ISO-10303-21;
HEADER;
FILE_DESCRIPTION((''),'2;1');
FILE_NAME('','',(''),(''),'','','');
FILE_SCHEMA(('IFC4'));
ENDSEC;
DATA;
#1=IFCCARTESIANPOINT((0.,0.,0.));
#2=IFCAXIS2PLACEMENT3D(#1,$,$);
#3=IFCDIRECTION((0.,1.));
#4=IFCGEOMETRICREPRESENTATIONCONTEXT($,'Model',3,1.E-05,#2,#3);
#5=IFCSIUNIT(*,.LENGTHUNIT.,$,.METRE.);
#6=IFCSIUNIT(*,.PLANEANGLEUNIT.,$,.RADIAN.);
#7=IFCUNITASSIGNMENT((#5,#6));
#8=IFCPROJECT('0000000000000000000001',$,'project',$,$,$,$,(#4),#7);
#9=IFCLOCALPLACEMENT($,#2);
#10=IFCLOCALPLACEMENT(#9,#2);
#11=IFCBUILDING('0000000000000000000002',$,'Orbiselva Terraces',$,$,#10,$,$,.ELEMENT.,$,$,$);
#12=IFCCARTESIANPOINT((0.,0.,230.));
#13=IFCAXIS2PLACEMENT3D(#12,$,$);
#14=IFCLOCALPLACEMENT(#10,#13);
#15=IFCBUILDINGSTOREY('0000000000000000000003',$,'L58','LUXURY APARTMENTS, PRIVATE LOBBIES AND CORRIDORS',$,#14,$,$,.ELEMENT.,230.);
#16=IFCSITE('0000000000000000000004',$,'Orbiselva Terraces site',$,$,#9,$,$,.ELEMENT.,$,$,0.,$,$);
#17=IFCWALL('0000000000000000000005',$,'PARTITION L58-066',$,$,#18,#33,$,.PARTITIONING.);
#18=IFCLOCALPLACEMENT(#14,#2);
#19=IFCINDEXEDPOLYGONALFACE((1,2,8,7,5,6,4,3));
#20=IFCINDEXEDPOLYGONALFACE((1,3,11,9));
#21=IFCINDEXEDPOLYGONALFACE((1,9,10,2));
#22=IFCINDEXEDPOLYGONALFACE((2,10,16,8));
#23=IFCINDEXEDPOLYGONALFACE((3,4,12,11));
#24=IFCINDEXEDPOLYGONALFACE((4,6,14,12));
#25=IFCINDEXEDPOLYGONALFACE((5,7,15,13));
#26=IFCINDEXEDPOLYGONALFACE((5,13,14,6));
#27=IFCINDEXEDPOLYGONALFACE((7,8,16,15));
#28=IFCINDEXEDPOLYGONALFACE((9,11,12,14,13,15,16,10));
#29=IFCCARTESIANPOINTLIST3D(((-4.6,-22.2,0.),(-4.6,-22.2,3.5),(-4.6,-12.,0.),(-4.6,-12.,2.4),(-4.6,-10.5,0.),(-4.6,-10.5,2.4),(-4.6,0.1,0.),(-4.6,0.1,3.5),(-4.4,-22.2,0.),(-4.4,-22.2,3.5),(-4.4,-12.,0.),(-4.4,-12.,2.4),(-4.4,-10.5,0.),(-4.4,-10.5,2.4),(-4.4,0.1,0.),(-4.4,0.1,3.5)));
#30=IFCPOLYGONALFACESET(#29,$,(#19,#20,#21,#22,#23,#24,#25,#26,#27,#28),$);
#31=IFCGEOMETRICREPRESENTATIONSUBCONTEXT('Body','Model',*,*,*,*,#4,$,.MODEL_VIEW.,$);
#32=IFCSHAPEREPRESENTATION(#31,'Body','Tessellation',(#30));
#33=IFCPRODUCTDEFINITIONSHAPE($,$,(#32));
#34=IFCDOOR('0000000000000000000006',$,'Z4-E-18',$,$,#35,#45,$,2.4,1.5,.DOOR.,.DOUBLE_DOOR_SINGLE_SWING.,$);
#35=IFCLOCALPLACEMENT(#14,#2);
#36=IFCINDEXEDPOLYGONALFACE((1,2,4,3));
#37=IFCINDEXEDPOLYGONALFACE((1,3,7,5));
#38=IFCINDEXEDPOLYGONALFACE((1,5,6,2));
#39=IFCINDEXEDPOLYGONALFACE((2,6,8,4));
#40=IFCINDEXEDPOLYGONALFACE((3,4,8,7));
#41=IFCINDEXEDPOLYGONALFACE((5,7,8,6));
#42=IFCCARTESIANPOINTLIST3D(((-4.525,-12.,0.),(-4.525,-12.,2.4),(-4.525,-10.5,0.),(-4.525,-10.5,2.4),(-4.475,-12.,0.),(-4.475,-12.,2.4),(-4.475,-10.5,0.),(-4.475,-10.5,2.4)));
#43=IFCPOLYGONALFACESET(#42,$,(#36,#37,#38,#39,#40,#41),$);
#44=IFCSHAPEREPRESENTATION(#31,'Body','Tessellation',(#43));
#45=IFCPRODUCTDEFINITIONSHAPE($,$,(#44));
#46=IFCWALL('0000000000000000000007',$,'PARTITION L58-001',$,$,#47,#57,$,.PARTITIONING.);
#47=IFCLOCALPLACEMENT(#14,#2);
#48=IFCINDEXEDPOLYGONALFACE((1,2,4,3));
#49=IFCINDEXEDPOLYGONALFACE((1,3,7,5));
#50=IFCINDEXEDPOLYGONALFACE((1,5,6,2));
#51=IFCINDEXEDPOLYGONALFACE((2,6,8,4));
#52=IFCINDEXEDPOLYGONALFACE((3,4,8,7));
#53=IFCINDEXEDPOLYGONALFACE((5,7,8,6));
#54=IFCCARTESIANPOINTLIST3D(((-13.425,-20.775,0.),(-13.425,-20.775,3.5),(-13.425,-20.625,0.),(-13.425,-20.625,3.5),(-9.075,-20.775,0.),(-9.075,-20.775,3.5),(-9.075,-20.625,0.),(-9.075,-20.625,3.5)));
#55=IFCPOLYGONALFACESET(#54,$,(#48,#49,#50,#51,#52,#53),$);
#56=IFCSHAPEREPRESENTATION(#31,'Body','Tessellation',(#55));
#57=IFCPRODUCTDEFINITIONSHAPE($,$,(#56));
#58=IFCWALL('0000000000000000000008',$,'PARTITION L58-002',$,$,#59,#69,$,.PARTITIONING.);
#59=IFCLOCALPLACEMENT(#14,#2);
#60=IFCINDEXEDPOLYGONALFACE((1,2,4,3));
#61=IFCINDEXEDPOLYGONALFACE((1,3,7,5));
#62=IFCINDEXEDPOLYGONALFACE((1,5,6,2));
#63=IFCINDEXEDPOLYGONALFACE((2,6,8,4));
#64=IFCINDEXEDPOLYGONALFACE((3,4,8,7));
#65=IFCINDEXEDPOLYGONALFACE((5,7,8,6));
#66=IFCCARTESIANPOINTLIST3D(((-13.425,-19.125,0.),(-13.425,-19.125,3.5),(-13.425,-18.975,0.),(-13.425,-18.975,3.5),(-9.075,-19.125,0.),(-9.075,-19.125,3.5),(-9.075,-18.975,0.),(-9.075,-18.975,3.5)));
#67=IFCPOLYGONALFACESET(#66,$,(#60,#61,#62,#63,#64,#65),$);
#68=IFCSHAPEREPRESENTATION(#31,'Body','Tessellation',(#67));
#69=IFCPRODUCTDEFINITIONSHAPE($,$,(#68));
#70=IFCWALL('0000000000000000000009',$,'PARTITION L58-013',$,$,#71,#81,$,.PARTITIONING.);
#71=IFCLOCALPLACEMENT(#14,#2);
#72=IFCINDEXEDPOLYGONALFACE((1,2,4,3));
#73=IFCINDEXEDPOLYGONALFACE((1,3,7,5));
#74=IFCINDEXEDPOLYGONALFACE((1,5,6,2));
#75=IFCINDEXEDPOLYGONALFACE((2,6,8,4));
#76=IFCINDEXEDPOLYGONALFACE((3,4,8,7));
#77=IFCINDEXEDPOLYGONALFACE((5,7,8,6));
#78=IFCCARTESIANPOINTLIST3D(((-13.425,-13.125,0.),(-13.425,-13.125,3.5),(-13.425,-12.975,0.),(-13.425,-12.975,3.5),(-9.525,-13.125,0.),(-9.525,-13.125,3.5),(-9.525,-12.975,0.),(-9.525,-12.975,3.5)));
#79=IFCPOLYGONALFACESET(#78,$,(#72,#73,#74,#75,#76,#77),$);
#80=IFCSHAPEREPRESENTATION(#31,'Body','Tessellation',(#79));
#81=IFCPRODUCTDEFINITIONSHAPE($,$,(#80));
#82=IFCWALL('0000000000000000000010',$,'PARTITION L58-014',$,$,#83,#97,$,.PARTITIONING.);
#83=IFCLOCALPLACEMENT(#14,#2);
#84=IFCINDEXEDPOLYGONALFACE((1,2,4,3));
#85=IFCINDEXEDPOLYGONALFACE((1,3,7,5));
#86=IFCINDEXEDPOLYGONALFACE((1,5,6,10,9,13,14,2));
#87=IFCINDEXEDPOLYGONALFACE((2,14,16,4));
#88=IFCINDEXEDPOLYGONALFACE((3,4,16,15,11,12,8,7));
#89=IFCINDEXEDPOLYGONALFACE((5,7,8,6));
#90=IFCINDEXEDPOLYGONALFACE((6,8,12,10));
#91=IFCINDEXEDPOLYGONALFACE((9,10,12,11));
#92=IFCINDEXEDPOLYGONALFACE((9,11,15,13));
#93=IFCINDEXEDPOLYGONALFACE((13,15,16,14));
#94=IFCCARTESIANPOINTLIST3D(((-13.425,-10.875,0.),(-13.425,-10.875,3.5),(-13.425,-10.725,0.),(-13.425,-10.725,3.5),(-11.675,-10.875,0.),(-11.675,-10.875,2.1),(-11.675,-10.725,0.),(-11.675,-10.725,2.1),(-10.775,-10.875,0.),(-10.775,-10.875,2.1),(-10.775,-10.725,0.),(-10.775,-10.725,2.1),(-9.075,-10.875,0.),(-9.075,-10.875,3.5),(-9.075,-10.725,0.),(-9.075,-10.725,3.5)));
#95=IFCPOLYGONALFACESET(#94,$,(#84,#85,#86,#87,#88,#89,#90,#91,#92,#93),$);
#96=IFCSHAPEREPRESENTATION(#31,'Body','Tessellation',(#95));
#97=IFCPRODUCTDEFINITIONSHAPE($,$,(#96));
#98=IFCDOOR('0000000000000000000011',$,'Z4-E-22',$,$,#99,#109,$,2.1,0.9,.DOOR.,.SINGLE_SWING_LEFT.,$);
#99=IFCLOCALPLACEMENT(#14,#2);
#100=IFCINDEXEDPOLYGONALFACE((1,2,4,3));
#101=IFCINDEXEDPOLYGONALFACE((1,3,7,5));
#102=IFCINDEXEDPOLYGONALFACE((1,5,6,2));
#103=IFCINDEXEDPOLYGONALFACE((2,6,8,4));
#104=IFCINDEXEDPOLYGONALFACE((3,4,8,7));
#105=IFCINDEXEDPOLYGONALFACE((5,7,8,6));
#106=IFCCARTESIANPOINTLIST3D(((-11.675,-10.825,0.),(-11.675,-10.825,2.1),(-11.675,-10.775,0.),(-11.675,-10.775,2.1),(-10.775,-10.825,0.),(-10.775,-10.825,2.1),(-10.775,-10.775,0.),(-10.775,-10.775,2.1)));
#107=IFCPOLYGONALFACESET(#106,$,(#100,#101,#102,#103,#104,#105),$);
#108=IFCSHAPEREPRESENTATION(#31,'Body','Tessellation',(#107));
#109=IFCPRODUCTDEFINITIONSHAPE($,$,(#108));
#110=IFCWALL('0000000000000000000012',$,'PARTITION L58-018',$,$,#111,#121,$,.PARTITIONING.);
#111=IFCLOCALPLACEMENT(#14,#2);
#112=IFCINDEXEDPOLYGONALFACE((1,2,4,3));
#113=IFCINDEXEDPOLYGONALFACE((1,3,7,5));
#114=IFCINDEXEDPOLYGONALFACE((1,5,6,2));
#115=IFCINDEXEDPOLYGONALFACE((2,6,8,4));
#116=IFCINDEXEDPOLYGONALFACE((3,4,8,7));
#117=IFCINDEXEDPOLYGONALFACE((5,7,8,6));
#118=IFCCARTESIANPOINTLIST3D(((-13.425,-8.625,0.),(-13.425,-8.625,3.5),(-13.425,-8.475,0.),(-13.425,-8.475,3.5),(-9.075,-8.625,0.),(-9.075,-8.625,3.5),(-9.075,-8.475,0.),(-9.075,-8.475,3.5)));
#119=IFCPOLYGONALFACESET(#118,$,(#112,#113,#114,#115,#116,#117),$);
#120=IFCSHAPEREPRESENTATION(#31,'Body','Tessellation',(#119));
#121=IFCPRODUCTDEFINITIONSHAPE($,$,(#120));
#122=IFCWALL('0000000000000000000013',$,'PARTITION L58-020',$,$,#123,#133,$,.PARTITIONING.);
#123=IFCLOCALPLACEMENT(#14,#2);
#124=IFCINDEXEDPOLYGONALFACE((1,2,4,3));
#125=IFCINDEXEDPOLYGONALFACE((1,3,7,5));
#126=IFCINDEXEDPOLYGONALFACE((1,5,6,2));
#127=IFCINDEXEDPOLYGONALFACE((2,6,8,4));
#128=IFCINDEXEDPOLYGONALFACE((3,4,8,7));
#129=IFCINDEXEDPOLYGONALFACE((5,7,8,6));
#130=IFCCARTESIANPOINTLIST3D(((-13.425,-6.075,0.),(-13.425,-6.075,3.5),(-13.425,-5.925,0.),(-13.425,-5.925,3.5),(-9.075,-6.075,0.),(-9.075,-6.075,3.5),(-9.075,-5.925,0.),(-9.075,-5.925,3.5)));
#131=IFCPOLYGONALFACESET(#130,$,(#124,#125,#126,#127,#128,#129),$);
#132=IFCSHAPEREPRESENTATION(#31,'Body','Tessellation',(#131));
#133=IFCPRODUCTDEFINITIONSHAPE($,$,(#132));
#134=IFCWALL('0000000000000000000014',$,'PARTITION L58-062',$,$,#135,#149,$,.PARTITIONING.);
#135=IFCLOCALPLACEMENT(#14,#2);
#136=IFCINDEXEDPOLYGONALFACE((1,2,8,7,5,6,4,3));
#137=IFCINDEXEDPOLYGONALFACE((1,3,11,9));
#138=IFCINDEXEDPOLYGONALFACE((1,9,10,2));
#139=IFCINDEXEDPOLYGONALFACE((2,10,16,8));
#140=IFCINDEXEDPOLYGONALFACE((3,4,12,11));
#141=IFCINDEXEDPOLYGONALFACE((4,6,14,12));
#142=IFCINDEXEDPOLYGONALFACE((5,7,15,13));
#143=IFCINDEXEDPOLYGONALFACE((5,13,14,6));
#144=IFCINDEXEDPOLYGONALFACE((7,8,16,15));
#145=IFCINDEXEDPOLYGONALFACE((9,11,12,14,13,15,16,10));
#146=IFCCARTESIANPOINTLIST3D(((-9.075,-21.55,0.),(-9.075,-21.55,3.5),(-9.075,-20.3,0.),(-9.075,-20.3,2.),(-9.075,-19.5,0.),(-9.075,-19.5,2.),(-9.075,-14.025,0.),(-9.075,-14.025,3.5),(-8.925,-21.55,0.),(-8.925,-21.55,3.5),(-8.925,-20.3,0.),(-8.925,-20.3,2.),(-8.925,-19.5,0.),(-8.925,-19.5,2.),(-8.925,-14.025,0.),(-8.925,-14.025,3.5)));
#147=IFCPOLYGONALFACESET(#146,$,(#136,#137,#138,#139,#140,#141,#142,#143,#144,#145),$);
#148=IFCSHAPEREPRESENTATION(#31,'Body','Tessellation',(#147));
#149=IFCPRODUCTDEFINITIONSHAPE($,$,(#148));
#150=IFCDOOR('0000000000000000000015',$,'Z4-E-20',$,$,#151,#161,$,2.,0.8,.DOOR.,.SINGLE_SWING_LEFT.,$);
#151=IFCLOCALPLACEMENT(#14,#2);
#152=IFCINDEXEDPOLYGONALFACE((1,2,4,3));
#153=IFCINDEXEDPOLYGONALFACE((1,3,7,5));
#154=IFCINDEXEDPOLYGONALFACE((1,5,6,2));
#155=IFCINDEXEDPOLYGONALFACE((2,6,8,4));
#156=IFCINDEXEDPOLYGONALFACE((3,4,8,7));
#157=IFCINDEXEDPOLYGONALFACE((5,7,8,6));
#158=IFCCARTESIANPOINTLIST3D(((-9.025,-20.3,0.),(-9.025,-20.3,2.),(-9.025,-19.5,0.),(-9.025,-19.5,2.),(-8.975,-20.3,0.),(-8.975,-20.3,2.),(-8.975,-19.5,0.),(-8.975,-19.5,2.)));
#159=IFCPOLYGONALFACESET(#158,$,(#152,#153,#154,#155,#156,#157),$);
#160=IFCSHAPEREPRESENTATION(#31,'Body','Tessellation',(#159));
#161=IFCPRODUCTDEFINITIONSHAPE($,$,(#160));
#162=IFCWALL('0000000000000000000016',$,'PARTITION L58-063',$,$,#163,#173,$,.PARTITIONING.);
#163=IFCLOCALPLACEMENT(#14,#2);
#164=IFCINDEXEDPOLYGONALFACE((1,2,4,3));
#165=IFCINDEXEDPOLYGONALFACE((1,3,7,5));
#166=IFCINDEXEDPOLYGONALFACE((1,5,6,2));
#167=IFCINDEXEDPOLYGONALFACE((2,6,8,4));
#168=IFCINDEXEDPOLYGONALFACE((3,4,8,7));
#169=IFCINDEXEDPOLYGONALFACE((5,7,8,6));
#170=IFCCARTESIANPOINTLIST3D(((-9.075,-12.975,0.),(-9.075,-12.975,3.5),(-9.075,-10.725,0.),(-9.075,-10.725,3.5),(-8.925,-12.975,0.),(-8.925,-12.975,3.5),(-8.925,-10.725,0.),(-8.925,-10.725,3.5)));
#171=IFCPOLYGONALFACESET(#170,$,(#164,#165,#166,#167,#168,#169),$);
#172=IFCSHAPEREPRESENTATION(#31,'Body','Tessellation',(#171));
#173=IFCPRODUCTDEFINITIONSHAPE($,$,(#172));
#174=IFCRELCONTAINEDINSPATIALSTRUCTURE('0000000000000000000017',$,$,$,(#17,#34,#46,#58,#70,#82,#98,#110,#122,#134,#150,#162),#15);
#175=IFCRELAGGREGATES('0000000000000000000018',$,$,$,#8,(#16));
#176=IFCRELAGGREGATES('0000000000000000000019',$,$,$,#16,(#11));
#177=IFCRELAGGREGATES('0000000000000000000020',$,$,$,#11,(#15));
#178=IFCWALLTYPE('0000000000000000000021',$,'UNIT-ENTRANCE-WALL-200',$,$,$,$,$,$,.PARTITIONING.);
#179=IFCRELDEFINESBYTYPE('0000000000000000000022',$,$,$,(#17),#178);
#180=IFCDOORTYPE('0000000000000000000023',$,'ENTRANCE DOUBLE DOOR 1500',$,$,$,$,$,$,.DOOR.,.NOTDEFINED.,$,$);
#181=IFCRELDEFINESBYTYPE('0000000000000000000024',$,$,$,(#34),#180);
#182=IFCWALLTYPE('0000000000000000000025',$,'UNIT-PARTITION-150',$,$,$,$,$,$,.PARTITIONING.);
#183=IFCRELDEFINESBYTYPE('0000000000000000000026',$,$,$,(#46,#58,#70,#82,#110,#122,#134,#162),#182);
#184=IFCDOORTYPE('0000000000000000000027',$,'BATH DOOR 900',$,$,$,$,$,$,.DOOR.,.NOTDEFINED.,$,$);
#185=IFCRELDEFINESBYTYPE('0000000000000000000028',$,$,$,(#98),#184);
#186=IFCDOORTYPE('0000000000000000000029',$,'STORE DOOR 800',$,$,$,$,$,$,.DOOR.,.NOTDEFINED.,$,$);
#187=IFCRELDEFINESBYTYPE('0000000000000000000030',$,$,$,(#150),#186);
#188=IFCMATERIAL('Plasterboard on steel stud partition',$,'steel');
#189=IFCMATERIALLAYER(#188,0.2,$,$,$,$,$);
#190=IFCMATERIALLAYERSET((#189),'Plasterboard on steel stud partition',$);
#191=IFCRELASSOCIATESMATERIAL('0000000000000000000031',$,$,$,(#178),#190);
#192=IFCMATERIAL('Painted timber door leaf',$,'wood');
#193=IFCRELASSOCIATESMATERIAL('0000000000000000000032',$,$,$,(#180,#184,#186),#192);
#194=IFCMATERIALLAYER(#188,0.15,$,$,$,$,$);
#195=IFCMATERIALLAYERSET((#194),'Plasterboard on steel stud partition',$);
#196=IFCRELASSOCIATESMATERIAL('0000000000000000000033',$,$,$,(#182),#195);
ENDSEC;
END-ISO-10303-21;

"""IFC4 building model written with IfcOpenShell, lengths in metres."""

from ifc_helpers import new_model, si_unit, direction, frame, frame_2d, origin, place, context, subcontext, project, spatial, rectangle, extrude, material, layer, layer_set, type_object, element, fill, save


model = new_model("IFC4")

# Units and contexts
model_context = context("Model", 3, precision=1e-05, world=origin(), true_north=direction((0.0, 1.0)))
body_context = subcontext(model_context, "Body", "Model", "MODEL_VIEW")
ifc_project = project(units=[si_unit("LENGTHUNIT", "METRE"), si_unit("PLANEANGLEUNIT", "RADIAN")], contexts=[model_context])

# Site, building, storey
site_placement = place(None, origin())
site = spatial("IfcSite", under=ifc_project, at=site_placement, Name="Orbiselva Terraces site", CompositionType="ELEMENT", RefElevation=0.0)
building_placement = place(site_placement, origin())
building = spatial("IfcBuilding", under=site, at=building_placement, Name="Orbiselva Terraces", CompositionType="ELEMENT")
storey_placement = place(building_placement, frame((0.0, 0.0, 230.0)))
storey = spatial("IfcBuildingStorey", under=building, at=storey_placement, Name="L58", Description="LUXURY APARTMENTS, PRIVATE LOBBIES AND CORRIDORS", CompositionType="ELEMENT", Elevation=230.0)

# Wall, opening, door
ifc_material_1 = material(Name="Plasterboard on steel stud partition", Category="steel")
ifc_layer_1 = layer(ifc_material_1, 0.2)
ifc_layer_set_1 = layer_set([ifc_layer_1], Name="Plasterboard on steel stud partition")
wall_type_1 = type_object("IfcWallType", Name="UNIT-ENTRANCE-WALL-200", PredefinedType="PARTITIONING", material=ifc_layer_set_1)
wall_1_placement = place(storey_placement, frame((-4.5, -22.2, 0.0), z_axis=(0.0, 0.0, 1.0), x_axis=(0.0, 1.0, 0.0)))
wall_1 = element("IfcWall", 1, at=wall_1_placement, inside=storey, type_object=wall_type_1, Name="PARTITION L58-066", PredefinedType="PARTITIONING", context=body_context, shape_type="SweptSolid", body=[
    extrude(rectangle(XDim=22.3, YDim=0.2, at=frame_2d((11.15, 0.0))), origin(), (0.0, 0.0, 1.0), 3.5),
])
opening_1_placement = place(wall_1_placement, frame((10.2, 0.0, 0.0)))
opening_1 = element("IfcOpeningElement", 2, at=opening_1_placement, cuts=wall_1, PredefinedType="OPENING", context=body_context, shape_type="SweptSolid", body=[
    extrude(rectangle(XDim=1.5, YDim=2.4, at=frame_2d((0.75, 1.2))), frame((0.0, 0.11, 0.0), z_axis=(0.0, -1.0, 0.0), x_axis=(1.0, 0.0, 0.0)), (0.0, 0.0, 1.0), 0.22),
])
ifc_material_2 = material(Name="Painted timber door leaf", Category="wood")
door_type_1 = type_object("IfcDoorType", Name="ENTRANCE DOUBLE DOOR 1500", OperationType="NOTDEFINED", PredefinedType="DOOR", material=ifc_material_2)
door_1_placement = place(opening_1_placement, origin())
door_1 = element("IfcDoor", 3, at=door_1_placement, inside=storey, type_object=door_type_1, Name="Z4-E-18", OperationType="DOUBLE_DOOR_SINGLE_SWING", OverallHeight=2.4, OverallWidth=1.5, PredefinedType="DOOR", context=body_context, shape_type="SweptSolid", body=[
    extrude(rectangle(XDim=1.5, YDim=2.4, at=frame_2d((0.75, 1.2))), frame((0.0, 0.025, 0.0), z_axis=(0.0, -1.0, 0.0), x_axis=(1.0, 0.0, 0.0)), (0.0, 0.0, 1.0), 0.05),
])
fill(opening_1, door_1)

# Walls
ifc_layer_2 = layer(ifc_material_1, 0.15)
ifc_layer_set_2 = layer_set([ifc_layer_2], Name="Plasterboard on steel stud partition")
wall_type_2 = type_object("IfcWallType", Name="UNIT-PARTITION-150", PredefinedType="PARTITIONING", material=ifc_layer_set_2)
for number, where, z_axis, x_axis, name in (
    (4, (-13.425, -20.7, 0.0), (0.0, 0.0, 1.0), (1.0, 0.0, 0.0), "PARTITION L58-001"),
    (5, (-13.425, -19.05, 0.0), (0.0, 0.0, 1.0), (1.0, 0.0, 0.0), "PARTITION L58-002"),
):
    element("IfcWall", number, at=place(storey_placement, frame(where, z_axis=z_axis, x_axis=x_axis)), inside=storey, type_object=wall_type_2, Name=name, PredefinedType="PARTITIONING", context=body_context, shape_type="SweptSolid", body=[
        extrude(rectangle(XDim=4.35, YDim=0.15, at=frame_2d((2.175, 0.0))), origin(), (0.0, 0.0, 1.0), 3.5),
    ])
wall_2_placement = place(storey_placement, frame((-13.425, -13.05, 0.0), z_axis=(0.0, 0.0, 1.0), x_axis=(1.0, 0.0, 0.0)))
element("IfcWall", 6, at=wall_2_placement, inside=storey, type_object=wall_type_2, Name="PARTITION L58-013", PredefinedType="PARTITIONING", context=body_context, shape_type="SweptSolid", body=[
    extrude(rectangle(XDim=3.9, YDim=0.15, at=frame_2d((1.95, 0.0))), origin(), (0.0, 0.0, 1.0), 3.5),
])

# Wall, opening, door
wall_3_placement = place(storey_placement, frame((-9.075, -10.8, 0.0), z_axis=(0.0, 0.0, 1.0), x_axis=(-1.0, 0.0, 0.0)))
wall_3 = element("IfcWall", 7, at=wall_3_placement, inside=storey, type_object=wall_type_2, Name="PARTITION L58-014", PredefinedType="PARTITIONING", context=body_context, shape_type="SweptSolid", body=[
    extrude(rectangle(XDim=4.35, YDim=0.15, at=frame_2d((2.175, 0.0))), origin(), (0.0, 0.0, 1.0), 3.5),
])
opening_2_placement = place(wall_3_placement, frame((1.7, 0.0, 0.0)))
opening_2 = element("IfcOpeningElement", 8, at=opening_2_placement, cuts=wall_3, PredefinedType="OPENING", context=body_context, shape_type="SweptSolid", body=[
    extrude(rectangle(XDim=0.9, YDim=2.1, at=frame_2d((0.45, 1.05))), frame((0.0, 0.085, 0.0), z_axis=(0.0, -1.0, 0.0), x_axis=(1.0, 0.0, 0.0)), (0.0, 0.0, 1.0), 0.17),
])
door_type_2 = type_object("IfcDoorType", Name="BATH DOOR 900", OperationType="NOTDEFINED", PredefinedType="DOOR", material=ifc_material_2)
door_2_placement = place(opening_2_placement, origin())
door_2 = element("IfcDoor", 9, at=door_2_placement, inside=storey, type_object=door_type_2, Name="Z4-E-22", OperationType="SINGLE_SWING_LEFT", OverallHeight=2.1, OverallWidth=0.9, PredefinedType="DOOR", context=body_context, shape_type="SweptSolid", body=[
    extrude(rectangle(XDim=0.9, YDim=2.1, at=frame_2d((0.45, 1.05))), frame((0.0, 0.025, 0.0), z_axis=(0.0, -1.0, 0.0), x_axis=(1.0, 0.0, 0.0)), (0.0, 0.0, 1.0), 0.05),
])
fill(opening_2, door_2)

# Walls
for number, where, z_axis, x_axis, name in (
    (10, (-13.425, -8.55, 0.0), (0.0, 0.0, 1.0), (1.0, 0.0, 0.0), "PARTITION L58-018"),
    (11, (-13.425, -6.0, 0.0), (0.0, 0.0, 1.0), (1.0, 0.0, 0.0), "PARTITION L58-020"),
):
    element("IfcWall", number, at=place(storey_placement, frame(where, z_axis=z_axis, x_axis=x_axis)), inside=storey, type_object=wall_type_2, Name=name, PredefinedType="PARTITIONING", context=body_context, shape_type="SweptSolid", body=[
        extrude(rectangle(XDim=4.35, YDim=0.15, at=frame_2d((2.175, 0.0))), origin(), (0.0, 0.0, 1.0), 3.5),
    ])

# Wall, opening, door
wall_4_placement = place(storey_placement, frame((-9.0, -21.55, 0.0), z_axis=(0.0, 0.0, 1.0), x_axis=(0.0, 1.0, 0.0)))
wall_4 = element("IfcWall", 12, at=wall_4_placement, inside=storey, type_object=wall_type_2, Name="PARTITION L58-062", PredefinedType="PARTITIONING", context=body_context, shape_type="SweptSolid", body=[
    extrude(rectangle(XDim=7.525, YDim=0.15, at=frame_2d((3.7625, 0.0))), origin(), (0.0, 0.0, 1.0), 3.5),
])
opening_3_placement = place(wall_4_placement, frame((1.25, 0.0, 0.0)))
opening_3 = element("IfcOpeningElement", 13, at=opening_3_placement, cuts=wall_4, PredefinedType="OPENING", context=body_context, shape_type="SweptSolid", body=[
    extrude(rectangle(XDim=0.8, YDim=2.0, at=frame_2d((0.4, 1.0))), frame((0.0, 0.085, 0.0), z_axis=(0.0, -1.0, 0.0), x_axis=(1.0, 0.0, 0.0)), (0.0, 0.0, 1.0), 0.17),
])
door_type_3 = type_object("IfcDoorType", Name="STORE DOOR 800", OperationType="NOTDEFINED", PredefinedType="DOOR", material=ifc_material_2)
door_3_placement = place(opening_3_placement, origin())
door_3 = element("IfcDoor", 14, at=door_3_placement, inside=storey, type_object=door_type_3, Name="Z4-E-20", OperationType="SINGLE_SWING_LEFT", OverallHeight=2.0, OverallWidth=0.8, PredefinedType="DOOR", context=body_context, shape_type="SweptSolid", body=[
    extrude(rectangle(XDim=0.8, YDim=2.0, at=frame_2d((0.4, 1.0))), frame((0.0, 0.025, 0.0), z_axis=(0.0, -1.0, 0.0), x_axis=(1.0, 0.0, 0.0)), (0.0, 0.0, 1.0), 0.05),
])
fill(opening_3, door_3)

# Wall
wall_5_placement = place(storey_placement, frame((-9.0, -12.975, 0.0), z_axis=(0.0, 0.0, 1.0), x_axis=(0.0, 1.0, 0.0)))
element("IfcWall", 15, at=wall_5_placement, inside=storey, type_object=wall_type_2, Name="PARTITION L58-063", PredefinedType="PARTITIONING", context=body_context, shape_type="SweptSolid", body=[
    extrude(rectangle(XDim=2.25, YDim=0.15, at=frame_2d((1.125, 0.0))), origin(), (0.0, 0.0, 1.0), 3.5),
])

save(model, "model.ifc")
